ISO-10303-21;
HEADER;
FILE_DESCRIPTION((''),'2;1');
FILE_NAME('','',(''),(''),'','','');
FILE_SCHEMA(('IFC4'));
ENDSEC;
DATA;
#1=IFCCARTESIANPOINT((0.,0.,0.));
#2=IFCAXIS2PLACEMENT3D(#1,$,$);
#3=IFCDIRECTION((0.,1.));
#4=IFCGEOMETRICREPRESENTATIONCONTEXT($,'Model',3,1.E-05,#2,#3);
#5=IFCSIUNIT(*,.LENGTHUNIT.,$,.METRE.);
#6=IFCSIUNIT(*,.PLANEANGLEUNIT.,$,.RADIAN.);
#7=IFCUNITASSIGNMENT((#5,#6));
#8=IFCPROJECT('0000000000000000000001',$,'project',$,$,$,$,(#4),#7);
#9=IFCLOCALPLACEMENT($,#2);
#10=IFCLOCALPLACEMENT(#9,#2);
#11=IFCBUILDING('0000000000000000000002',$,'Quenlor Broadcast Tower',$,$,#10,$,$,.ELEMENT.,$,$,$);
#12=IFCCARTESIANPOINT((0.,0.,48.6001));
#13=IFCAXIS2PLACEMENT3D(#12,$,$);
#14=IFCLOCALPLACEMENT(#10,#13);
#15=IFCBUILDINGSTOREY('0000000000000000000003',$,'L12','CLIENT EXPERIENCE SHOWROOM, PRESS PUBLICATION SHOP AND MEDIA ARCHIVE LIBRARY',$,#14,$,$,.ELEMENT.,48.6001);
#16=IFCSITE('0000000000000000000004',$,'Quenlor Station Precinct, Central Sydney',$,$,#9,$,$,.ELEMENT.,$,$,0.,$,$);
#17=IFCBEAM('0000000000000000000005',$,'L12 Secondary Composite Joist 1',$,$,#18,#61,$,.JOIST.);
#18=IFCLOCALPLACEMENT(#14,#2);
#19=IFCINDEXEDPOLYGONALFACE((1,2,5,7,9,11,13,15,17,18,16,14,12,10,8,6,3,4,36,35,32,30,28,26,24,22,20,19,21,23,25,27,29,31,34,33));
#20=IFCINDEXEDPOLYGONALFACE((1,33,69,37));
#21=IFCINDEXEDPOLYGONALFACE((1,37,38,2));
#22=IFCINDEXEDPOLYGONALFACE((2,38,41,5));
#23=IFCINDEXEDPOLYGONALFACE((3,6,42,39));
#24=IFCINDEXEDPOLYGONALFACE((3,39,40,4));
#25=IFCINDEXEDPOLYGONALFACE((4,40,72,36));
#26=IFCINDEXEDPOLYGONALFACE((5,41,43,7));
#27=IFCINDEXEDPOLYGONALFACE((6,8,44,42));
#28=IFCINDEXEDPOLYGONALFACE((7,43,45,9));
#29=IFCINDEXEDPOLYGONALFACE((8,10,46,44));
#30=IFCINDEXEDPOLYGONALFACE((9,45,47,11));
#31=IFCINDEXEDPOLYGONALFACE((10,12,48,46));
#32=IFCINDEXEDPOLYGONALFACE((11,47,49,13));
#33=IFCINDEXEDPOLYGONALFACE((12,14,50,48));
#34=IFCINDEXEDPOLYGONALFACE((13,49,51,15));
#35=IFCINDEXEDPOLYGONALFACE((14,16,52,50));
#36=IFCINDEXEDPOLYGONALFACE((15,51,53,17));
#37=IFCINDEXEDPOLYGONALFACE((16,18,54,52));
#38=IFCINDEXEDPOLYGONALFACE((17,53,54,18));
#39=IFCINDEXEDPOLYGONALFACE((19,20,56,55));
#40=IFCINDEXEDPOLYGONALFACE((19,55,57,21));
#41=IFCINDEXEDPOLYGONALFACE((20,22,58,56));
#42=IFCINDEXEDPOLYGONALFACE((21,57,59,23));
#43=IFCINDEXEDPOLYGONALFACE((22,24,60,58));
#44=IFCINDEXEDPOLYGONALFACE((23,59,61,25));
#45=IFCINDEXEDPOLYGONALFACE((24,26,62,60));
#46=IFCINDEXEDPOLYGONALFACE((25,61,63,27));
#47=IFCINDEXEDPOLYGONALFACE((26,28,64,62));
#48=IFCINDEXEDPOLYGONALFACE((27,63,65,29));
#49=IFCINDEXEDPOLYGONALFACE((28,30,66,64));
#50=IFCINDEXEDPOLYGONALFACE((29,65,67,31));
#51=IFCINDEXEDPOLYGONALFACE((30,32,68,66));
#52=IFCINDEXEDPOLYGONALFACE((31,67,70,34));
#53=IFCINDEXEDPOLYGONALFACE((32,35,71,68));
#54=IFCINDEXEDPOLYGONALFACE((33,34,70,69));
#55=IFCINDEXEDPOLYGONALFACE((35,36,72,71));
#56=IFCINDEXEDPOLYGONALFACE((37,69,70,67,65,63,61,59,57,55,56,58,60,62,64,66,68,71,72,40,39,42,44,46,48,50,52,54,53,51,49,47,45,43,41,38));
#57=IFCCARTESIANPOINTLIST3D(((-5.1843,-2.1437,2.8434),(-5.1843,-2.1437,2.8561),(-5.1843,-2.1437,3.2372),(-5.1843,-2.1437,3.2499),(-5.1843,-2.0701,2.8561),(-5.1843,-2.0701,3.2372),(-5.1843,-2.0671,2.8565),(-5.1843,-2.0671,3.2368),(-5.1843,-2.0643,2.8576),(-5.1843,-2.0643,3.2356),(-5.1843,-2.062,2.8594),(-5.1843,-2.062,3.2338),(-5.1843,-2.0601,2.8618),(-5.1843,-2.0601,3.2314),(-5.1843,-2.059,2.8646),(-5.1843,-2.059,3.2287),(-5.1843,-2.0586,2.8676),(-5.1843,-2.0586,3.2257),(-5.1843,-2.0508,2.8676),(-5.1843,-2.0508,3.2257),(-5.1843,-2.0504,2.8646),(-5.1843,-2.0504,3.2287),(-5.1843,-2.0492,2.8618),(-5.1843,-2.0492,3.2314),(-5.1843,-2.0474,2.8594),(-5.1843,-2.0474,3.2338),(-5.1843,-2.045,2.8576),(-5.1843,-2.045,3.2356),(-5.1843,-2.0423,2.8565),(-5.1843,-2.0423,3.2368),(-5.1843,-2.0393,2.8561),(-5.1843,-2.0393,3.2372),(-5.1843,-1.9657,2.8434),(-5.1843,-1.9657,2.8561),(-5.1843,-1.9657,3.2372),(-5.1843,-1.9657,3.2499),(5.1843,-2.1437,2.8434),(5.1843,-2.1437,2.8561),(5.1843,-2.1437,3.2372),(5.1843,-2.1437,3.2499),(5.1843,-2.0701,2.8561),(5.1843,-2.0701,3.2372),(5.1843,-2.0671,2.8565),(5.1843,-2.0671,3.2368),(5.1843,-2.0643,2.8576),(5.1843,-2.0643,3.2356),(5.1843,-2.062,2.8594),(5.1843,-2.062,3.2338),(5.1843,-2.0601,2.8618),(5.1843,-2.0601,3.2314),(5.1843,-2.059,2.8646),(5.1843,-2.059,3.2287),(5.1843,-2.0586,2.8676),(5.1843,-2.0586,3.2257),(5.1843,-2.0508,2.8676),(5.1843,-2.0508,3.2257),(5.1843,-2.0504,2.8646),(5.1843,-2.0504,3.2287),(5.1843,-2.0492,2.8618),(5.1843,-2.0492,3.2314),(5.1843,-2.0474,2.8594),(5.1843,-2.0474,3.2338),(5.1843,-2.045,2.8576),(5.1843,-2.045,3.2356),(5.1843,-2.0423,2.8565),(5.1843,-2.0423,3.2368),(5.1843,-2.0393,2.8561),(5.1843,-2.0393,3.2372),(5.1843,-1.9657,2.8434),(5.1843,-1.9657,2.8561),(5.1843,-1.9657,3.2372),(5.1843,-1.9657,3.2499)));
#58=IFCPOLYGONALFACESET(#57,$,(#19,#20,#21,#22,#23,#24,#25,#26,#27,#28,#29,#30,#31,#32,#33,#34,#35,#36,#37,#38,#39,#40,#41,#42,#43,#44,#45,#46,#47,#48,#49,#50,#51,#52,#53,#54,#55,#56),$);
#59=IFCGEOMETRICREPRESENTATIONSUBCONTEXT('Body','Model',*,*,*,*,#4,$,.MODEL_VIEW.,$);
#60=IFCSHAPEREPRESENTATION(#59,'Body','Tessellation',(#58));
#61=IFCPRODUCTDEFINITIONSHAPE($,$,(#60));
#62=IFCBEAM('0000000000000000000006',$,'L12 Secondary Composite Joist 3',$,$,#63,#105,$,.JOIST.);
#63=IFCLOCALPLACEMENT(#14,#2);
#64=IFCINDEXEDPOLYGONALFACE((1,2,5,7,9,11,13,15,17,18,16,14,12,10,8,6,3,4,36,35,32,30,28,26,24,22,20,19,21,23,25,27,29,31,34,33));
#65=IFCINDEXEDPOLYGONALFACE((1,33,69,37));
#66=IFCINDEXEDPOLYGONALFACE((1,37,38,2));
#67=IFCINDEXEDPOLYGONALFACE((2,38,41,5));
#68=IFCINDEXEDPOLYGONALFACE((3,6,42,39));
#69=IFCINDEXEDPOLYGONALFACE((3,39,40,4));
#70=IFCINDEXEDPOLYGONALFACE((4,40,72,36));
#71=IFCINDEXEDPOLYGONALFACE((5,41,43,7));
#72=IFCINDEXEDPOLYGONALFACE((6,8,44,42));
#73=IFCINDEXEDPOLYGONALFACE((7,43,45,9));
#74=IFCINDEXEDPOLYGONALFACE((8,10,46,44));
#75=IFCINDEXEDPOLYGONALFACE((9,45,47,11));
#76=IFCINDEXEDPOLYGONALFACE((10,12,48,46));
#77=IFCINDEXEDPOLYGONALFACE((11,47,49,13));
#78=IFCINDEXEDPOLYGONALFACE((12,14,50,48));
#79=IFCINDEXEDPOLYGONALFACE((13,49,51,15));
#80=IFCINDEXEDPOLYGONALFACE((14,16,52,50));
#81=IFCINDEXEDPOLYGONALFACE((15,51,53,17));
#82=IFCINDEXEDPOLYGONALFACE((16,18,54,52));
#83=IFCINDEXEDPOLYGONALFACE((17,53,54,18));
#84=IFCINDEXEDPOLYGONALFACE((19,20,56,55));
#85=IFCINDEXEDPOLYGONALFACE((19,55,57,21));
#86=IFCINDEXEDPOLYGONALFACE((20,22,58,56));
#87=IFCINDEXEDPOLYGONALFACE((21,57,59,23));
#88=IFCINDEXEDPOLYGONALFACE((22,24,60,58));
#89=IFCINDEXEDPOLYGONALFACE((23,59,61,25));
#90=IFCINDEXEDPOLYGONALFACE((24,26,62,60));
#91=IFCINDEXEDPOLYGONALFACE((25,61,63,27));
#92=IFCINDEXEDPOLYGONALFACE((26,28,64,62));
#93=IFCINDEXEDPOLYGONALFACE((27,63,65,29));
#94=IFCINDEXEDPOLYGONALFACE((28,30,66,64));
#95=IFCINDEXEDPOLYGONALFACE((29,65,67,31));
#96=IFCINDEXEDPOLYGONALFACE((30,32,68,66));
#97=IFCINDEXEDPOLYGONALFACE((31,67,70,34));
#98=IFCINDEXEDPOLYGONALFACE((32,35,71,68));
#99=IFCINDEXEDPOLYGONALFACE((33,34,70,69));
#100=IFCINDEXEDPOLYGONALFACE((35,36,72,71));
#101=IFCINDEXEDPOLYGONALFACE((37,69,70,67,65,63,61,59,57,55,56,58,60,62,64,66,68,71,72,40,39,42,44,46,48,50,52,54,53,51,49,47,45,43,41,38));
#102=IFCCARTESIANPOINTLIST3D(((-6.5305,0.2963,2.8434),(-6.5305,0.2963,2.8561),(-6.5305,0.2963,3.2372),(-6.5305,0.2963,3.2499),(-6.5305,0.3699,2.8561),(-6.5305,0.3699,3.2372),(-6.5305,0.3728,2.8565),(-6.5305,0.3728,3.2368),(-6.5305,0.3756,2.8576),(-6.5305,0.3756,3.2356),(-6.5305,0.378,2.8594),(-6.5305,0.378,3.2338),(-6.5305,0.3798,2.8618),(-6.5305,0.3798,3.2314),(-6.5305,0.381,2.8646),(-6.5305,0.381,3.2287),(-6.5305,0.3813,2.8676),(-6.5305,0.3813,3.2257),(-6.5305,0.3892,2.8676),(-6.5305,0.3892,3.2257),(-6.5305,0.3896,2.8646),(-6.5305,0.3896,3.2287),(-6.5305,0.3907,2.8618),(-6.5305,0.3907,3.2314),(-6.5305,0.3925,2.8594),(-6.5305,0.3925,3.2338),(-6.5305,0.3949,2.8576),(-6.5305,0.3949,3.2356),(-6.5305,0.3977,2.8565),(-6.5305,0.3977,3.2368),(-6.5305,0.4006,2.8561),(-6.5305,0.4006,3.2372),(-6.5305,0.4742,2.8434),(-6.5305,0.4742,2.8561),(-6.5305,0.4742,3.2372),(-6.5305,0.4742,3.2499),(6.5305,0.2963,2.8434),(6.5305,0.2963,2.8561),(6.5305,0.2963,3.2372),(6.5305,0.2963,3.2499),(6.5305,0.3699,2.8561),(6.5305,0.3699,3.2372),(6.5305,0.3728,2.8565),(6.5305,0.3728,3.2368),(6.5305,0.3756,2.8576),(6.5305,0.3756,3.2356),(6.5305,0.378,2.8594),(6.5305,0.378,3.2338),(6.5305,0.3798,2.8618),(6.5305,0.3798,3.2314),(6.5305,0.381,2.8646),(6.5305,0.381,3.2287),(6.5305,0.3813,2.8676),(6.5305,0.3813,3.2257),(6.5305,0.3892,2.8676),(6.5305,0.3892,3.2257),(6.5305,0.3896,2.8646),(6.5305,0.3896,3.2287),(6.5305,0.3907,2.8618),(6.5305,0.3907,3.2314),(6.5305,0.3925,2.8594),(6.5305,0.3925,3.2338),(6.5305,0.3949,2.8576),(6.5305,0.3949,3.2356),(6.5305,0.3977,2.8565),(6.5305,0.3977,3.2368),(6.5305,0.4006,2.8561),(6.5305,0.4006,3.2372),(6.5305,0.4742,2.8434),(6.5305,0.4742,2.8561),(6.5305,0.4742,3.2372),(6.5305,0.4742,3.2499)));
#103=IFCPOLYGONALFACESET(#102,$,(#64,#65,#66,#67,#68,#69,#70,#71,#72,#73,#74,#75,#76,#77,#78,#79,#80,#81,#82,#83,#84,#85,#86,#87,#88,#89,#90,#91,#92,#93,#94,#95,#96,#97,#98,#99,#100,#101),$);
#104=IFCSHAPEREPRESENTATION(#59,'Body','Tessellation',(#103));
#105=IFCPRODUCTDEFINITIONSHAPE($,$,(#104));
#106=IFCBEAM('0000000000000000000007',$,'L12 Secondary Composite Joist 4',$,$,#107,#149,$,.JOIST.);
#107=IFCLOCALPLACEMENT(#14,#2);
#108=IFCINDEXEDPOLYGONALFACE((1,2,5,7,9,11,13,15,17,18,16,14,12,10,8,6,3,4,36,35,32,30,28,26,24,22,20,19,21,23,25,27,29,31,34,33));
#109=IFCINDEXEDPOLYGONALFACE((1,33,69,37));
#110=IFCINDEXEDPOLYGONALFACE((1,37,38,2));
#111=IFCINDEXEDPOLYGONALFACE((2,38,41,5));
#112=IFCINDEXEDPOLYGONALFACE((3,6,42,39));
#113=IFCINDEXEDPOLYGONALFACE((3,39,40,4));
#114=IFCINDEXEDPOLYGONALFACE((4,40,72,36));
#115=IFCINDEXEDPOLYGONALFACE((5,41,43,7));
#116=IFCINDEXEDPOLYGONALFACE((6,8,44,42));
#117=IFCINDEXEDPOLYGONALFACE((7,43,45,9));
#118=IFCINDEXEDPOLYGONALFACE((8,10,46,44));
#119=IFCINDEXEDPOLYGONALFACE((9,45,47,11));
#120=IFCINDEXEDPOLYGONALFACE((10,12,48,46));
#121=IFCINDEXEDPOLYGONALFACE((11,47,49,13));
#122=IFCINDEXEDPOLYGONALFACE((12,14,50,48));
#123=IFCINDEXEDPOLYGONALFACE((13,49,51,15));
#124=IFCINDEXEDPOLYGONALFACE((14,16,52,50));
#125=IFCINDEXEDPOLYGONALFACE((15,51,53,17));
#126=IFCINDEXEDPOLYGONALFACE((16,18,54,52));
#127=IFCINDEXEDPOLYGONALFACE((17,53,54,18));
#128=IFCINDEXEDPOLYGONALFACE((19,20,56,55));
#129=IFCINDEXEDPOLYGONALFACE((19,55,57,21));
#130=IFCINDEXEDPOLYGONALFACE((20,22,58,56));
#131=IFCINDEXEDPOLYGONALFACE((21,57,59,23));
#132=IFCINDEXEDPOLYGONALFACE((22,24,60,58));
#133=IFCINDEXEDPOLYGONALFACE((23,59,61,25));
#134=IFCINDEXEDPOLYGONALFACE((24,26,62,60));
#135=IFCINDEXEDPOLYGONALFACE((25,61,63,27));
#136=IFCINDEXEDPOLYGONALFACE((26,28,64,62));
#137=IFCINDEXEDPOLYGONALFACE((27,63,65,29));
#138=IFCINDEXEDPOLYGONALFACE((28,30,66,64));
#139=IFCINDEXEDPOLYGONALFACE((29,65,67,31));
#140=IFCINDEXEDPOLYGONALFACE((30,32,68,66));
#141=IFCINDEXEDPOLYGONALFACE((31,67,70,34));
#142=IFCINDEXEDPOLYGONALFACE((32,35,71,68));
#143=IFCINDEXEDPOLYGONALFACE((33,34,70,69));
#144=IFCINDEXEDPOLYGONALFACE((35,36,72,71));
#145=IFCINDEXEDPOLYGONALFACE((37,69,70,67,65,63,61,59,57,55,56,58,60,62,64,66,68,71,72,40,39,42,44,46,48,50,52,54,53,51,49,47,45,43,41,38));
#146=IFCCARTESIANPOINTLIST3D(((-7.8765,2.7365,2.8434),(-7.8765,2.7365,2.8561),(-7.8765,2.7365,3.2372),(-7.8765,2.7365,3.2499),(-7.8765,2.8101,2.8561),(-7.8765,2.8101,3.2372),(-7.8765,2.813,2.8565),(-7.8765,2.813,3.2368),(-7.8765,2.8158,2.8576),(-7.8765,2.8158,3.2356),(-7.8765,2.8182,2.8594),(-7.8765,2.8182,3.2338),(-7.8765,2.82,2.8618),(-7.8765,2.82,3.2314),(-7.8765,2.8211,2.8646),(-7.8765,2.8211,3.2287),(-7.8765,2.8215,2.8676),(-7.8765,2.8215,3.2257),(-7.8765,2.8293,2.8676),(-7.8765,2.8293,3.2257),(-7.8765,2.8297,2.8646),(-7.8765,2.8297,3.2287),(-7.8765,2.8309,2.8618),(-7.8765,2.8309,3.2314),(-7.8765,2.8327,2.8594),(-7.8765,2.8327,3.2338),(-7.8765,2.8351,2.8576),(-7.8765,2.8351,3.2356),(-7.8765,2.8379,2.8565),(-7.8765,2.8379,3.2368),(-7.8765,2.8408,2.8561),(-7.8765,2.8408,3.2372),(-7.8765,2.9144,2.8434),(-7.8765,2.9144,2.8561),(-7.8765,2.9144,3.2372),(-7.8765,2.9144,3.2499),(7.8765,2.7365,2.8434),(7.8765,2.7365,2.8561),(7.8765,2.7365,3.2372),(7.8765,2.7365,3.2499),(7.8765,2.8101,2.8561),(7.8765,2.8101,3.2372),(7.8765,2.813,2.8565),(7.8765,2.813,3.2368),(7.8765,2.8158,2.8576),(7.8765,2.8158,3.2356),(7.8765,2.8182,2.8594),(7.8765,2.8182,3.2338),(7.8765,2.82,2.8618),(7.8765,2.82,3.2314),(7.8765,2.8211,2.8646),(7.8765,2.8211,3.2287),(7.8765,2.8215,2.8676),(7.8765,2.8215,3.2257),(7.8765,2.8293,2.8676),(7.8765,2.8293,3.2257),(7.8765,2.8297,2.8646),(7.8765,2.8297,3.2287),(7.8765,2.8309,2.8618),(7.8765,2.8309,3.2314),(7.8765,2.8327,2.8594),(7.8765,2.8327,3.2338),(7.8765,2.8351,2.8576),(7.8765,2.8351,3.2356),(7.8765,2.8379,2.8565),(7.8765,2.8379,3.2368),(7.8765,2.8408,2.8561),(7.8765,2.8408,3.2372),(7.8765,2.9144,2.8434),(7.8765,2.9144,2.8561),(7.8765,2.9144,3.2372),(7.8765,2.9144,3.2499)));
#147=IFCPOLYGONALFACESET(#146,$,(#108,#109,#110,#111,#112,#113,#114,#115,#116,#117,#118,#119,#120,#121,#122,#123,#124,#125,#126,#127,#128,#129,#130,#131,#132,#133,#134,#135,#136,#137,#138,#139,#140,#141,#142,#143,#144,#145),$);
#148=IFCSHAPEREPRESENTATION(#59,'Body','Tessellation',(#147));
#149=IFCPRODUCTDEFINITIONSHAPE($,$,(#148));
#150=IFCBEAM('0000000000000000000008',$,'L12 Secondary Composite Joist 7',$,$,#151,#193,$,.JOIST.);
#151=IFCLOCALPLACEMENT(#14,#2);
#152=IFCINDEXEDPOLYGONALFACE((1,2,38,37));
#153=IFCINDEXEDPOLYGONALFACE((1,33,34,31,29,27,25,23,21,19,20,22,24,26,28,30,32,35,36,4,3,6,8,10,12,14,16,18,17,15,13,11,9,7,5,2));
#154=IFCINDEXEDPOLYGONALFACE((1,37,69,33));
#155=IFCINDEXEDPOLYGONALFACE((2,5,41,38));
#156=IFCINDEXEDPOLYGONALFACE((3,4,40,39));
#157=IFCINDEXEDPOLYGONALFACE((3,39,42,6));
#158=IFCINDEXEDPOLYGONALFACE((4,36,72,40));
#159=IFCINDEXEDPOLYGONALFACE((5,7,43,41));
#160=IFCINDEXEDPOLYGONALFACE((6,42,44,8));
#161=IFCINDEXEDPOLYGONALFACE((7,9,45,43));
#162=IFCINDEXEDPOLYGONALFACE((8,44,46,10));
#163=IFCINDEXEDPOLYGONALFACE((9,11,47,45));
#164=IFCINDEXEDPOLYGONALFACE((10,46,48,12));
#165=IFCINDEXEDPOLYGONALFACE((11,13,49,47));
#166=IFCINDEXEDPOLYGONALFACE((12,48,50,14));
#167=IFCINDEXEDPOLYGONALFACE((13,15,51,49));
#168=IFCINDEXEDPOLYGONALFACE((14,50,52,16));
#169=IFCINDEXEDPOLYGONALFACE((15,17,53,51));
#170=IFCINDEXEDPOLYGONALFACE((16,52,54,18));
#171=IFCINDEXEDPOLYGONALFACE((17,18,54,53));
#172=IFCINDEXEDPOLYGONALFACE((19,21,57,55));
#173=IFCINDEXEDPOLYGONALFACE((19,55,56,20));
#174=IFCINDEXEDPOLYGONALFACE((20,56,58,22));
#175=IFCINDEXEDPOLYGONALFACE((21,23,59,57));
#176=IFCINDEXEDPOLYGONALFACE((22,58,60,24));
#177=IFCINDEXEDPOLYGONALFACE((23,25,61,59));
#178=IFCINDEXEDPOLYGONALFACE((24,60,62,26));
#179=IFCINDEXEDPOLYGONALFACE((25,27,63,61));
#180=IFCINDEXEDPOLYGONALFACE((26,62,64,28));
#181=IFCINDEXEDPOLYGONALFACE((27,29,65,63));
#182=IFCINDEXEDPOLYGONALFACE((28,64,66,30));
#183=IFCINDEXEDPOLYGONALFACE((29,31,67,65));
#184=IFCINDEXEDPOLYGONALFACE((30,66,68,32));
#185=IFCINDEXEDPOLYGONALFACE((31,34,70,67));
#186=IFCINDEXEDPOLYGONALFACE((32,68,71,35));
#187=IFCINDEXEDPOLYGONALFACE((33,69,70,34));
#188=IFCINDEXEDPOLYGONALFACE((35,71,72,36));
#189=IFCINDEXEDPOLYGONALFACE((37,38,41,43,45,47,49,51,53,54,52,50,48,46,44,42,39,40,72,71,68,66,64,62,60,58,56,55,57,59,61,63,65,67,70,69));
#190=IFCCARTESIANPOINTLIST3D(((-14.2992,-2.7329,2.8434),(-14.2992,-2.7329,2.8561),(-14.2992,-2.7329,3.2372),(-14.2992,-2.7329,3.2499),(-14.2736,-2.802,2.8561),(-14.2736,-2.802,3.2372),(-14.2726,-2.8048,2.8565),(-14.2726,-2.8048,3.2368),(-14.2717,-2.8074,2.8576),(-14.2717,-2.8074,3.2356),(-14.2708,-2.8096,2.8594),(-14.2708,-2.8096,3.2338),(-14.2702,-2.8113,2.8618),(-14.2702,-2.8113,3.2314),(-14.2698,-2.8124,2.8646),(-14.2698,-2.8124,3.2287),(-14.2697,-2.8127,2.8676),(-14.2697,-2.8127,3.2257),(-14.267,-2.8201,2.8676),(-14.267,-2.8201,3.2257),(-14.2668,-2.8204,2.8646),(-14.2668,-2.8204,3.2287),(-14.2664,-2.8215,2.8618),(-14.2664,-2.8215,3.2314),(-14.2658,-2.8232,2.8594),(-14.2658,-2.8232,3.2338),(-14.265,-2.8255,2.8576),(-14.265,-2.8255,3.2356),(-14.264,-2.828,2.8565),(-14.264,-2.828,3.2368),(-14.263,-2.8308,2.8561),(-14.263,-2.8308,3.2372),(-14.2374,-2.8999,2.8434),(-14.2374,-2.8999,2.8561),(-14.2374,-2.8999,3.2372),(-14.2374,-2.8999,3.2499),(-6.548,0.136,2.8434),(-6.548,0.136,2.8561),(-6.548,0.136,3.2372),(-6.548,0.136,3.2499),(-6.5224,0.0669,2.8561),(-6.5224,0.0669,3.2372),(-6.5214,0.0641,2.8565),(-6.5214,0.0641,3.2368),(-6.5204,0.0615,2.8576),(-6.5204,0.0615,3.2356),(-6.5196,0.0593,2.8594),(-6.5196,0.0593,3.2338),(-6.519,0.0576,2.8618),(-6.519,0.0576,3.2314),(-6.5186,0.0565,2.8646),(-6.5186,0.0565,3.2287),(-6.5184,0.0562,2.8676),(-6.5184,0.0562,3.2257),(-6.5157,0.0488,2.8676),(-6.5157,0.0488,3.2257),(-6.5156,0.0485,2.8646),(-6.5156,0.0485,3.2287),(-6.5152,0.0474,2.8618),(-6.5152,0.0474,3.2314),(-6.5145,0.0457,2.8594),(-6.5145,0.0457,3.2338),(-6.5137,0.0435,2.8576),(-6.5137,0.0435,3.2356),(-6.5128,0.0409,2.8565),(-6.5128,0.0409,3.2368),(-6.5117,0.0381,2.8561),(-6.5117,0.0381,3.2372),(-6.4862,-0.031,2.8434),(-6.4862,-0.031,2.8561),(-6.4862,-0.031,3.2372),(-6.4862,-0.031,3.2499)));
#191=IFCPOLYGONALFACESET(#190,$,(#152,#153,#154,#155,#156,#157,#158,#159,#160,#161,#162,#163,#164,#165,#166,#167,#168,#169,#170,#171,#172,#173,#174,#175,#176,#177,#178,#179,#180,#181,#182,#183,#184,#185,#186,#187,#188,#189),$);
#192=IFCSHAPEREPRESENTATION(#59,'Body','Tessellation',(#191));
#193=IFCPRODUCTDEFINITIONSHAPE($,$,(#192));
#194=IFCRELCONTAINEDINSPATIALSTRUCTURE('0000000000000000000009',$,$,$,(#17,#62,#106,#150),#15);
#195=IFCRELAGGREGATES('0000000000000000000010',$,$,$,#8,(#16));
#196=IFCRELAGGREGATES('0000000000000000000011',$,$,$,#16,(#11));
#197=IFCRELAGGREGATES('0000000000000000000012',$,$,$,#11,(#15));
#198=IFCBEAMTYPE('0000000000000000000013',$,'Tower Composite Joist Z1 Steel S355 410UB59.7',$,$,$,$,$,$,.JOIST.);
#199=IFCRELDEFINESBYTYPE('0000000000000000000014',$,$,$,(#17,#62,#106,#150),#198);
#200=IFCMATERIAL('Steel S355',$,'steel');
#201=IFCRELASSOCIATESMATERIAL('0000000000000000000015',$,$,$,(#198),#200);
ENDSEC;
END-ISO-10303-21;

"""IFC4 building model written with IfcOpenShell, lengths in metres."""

from ifc_helpers import new_model, si_unit, direction, frame, origin, origin_2d, place, context, subcontext, project, spatial, i_section, extrude, material, material_profile, profile_set, type_object, element, save


model = new_model("IFC4")

# Units and contexts
model_context = context("Model", 3, precision=1e-05, world=origin(), true_north=direction((0.0, 1.0)))
body_context = subcontext(model_context, "Body", "Model", "MODEL_VIEW")
ifc_project = project(units=[si_unit("LENGTHUNIT", "METRE"), si_unit("PLANEANGLEUNIT", "RADIAN")], contexts=[model_context])

# Site, building, storey
site_placement = place(None, origin())
site = spatial("IfcSite", under=ifc_project, at=site_placement, Name="Quenlor Station Precinct, Central Sydney", CompositionType="ELEMENT", RefElevation=0.0)
building_placement = place(site_placement, origin())
building = spatial("IfcBuilding", under=site, at=building_placement, Name="Quenlor Broadcast Tower", CompositionType="ELEMENT")
storey_placement = place(building_placement, frame((0.0, 0.0, 48.6001)))
storey = spatial("IfcBuildingStorey", under=building, at=storey_placement, Name="L12", Description="CLIENT EXPERIENCE SHOWROOM, PRESS PUBLICATION SHOP AND MEDIA ARCHIVE LIBRARY", CompositionType="ELEMENT", Elevation=48.6001)

# Beams
ifc_material_1 = material(Name="Steel S355", Category="steel")
ifc_material_profile_1 = material_profile(ifc_material_1, i_section(OverallWidth=0.178, OverallDepth=0.4065, WebThickness=0.0078, FlangeThickness=0.0127, FilletRadius=0.0115, at=origin_2d()))
ifc_profile_set_1 = profile_set([ifc_material_profile_1], Name="Steel S355 410UB59.7")
beam_type_1 = type_object("IfcBeamType", Name="Tower Composite Joist Z1 Steel S355 410UB59.7", PredefinedType="JOIST", material=ifc_profile_set_1)
beam_1_placement = place(storey_placement, frame((-5.1843, -2.0547, 3.0466), z_axis=(1.0, 0.0, 0.0), x_axis=(0.0, 1.0, 0.0)))
element("IfcBeam", 1, at=beam_1_placement, inside=storey, type_object=beam_type_1, Name="L12 Secondary Composite Joist 1", PredefinedType="JOIST", context=body_context, shape_type="SweptSolid", body=[
    extrude(i_section(OverallWidth=0.178, OverallDepth=0.4065, WebThickness=0.0078, FlangeThickness=0.0127, FilletRadius=0.0115, at=origin_2d()), origin(), (0.0, 0.0, 1.0), 10.3687),
])
beam_2_placement = place(storey_placement, frame((-6.5305, 0.3853, 3.0466), z_axis=(1.0, 0.0, 0.0), x_axis=(0.0, 1.0, 0.0)))
element("IfcBeam", 2, at=beam_2_placement, inside=storey, type_object=beam_type_1, Name="L12 Secondary Composite Joist 3", PredefinedType="JOIST", context=body_context, shape_type="SweptSolid", body=[
    extrude(i_section(OverallWidth=0.178, OverallDepth=0.4065, WebThickness=0.0078, FlangeThickness=0.0127, FilletRadius=0.0115, at=origin_2d()), origin(), (0.0, 0.0, 1.0), 13.061),
])
beam_3_placement = place(storey_placement, frame((-7.8765, 2.8254, 3.0466), z_axis=(1.0, 0.0, 0.0), x_axis=(0.0, 1.0, 0.0)))
element("IfcBeam", 3, at=beam_3_placement, inside=storey, type_object=beam_type_1, Name="L12 Secondary Composite Joist 4", PredefinedType="JOIST", context=body_context, shape_type="SweptSolid", body=[
    extrude(i_section(OverallWidth=0.178, OverallDepth=0.4065, WebThickness=0.0078, FlangeThickness=0.0127, FilletRadius=0.0115, at=origin_2d()), origin(), (0.0, 0.0, 1.0), 15.7529),
])
beam_4_placement = place(storey_placement, frame((-14.2683, -2.8164, 3.0466), z_axis=(0.937825, 0.347109, 0.0), x_axis=(-0.347109, 0.937825, 0.0)))
element("IfcBeam", 4, at=beam_4_placement, inside=storey, type_object=beam_type_1, Name="L12 Secondary Composite Joist 7", PredefinedType="JOIST", context=body_context, shape_type="SweptSolid", body=[
    extrude(i_section(OverallWidth=0.178, OverallDepth=0.4065, WebThickness=0.0078, FlangeThickness=0.0127, FilletRadius=0.0115, at=origin_2d()), origin(), (0.0, 0.0, 1.0), 8.2651),
])

save(model, "model.ifc")
